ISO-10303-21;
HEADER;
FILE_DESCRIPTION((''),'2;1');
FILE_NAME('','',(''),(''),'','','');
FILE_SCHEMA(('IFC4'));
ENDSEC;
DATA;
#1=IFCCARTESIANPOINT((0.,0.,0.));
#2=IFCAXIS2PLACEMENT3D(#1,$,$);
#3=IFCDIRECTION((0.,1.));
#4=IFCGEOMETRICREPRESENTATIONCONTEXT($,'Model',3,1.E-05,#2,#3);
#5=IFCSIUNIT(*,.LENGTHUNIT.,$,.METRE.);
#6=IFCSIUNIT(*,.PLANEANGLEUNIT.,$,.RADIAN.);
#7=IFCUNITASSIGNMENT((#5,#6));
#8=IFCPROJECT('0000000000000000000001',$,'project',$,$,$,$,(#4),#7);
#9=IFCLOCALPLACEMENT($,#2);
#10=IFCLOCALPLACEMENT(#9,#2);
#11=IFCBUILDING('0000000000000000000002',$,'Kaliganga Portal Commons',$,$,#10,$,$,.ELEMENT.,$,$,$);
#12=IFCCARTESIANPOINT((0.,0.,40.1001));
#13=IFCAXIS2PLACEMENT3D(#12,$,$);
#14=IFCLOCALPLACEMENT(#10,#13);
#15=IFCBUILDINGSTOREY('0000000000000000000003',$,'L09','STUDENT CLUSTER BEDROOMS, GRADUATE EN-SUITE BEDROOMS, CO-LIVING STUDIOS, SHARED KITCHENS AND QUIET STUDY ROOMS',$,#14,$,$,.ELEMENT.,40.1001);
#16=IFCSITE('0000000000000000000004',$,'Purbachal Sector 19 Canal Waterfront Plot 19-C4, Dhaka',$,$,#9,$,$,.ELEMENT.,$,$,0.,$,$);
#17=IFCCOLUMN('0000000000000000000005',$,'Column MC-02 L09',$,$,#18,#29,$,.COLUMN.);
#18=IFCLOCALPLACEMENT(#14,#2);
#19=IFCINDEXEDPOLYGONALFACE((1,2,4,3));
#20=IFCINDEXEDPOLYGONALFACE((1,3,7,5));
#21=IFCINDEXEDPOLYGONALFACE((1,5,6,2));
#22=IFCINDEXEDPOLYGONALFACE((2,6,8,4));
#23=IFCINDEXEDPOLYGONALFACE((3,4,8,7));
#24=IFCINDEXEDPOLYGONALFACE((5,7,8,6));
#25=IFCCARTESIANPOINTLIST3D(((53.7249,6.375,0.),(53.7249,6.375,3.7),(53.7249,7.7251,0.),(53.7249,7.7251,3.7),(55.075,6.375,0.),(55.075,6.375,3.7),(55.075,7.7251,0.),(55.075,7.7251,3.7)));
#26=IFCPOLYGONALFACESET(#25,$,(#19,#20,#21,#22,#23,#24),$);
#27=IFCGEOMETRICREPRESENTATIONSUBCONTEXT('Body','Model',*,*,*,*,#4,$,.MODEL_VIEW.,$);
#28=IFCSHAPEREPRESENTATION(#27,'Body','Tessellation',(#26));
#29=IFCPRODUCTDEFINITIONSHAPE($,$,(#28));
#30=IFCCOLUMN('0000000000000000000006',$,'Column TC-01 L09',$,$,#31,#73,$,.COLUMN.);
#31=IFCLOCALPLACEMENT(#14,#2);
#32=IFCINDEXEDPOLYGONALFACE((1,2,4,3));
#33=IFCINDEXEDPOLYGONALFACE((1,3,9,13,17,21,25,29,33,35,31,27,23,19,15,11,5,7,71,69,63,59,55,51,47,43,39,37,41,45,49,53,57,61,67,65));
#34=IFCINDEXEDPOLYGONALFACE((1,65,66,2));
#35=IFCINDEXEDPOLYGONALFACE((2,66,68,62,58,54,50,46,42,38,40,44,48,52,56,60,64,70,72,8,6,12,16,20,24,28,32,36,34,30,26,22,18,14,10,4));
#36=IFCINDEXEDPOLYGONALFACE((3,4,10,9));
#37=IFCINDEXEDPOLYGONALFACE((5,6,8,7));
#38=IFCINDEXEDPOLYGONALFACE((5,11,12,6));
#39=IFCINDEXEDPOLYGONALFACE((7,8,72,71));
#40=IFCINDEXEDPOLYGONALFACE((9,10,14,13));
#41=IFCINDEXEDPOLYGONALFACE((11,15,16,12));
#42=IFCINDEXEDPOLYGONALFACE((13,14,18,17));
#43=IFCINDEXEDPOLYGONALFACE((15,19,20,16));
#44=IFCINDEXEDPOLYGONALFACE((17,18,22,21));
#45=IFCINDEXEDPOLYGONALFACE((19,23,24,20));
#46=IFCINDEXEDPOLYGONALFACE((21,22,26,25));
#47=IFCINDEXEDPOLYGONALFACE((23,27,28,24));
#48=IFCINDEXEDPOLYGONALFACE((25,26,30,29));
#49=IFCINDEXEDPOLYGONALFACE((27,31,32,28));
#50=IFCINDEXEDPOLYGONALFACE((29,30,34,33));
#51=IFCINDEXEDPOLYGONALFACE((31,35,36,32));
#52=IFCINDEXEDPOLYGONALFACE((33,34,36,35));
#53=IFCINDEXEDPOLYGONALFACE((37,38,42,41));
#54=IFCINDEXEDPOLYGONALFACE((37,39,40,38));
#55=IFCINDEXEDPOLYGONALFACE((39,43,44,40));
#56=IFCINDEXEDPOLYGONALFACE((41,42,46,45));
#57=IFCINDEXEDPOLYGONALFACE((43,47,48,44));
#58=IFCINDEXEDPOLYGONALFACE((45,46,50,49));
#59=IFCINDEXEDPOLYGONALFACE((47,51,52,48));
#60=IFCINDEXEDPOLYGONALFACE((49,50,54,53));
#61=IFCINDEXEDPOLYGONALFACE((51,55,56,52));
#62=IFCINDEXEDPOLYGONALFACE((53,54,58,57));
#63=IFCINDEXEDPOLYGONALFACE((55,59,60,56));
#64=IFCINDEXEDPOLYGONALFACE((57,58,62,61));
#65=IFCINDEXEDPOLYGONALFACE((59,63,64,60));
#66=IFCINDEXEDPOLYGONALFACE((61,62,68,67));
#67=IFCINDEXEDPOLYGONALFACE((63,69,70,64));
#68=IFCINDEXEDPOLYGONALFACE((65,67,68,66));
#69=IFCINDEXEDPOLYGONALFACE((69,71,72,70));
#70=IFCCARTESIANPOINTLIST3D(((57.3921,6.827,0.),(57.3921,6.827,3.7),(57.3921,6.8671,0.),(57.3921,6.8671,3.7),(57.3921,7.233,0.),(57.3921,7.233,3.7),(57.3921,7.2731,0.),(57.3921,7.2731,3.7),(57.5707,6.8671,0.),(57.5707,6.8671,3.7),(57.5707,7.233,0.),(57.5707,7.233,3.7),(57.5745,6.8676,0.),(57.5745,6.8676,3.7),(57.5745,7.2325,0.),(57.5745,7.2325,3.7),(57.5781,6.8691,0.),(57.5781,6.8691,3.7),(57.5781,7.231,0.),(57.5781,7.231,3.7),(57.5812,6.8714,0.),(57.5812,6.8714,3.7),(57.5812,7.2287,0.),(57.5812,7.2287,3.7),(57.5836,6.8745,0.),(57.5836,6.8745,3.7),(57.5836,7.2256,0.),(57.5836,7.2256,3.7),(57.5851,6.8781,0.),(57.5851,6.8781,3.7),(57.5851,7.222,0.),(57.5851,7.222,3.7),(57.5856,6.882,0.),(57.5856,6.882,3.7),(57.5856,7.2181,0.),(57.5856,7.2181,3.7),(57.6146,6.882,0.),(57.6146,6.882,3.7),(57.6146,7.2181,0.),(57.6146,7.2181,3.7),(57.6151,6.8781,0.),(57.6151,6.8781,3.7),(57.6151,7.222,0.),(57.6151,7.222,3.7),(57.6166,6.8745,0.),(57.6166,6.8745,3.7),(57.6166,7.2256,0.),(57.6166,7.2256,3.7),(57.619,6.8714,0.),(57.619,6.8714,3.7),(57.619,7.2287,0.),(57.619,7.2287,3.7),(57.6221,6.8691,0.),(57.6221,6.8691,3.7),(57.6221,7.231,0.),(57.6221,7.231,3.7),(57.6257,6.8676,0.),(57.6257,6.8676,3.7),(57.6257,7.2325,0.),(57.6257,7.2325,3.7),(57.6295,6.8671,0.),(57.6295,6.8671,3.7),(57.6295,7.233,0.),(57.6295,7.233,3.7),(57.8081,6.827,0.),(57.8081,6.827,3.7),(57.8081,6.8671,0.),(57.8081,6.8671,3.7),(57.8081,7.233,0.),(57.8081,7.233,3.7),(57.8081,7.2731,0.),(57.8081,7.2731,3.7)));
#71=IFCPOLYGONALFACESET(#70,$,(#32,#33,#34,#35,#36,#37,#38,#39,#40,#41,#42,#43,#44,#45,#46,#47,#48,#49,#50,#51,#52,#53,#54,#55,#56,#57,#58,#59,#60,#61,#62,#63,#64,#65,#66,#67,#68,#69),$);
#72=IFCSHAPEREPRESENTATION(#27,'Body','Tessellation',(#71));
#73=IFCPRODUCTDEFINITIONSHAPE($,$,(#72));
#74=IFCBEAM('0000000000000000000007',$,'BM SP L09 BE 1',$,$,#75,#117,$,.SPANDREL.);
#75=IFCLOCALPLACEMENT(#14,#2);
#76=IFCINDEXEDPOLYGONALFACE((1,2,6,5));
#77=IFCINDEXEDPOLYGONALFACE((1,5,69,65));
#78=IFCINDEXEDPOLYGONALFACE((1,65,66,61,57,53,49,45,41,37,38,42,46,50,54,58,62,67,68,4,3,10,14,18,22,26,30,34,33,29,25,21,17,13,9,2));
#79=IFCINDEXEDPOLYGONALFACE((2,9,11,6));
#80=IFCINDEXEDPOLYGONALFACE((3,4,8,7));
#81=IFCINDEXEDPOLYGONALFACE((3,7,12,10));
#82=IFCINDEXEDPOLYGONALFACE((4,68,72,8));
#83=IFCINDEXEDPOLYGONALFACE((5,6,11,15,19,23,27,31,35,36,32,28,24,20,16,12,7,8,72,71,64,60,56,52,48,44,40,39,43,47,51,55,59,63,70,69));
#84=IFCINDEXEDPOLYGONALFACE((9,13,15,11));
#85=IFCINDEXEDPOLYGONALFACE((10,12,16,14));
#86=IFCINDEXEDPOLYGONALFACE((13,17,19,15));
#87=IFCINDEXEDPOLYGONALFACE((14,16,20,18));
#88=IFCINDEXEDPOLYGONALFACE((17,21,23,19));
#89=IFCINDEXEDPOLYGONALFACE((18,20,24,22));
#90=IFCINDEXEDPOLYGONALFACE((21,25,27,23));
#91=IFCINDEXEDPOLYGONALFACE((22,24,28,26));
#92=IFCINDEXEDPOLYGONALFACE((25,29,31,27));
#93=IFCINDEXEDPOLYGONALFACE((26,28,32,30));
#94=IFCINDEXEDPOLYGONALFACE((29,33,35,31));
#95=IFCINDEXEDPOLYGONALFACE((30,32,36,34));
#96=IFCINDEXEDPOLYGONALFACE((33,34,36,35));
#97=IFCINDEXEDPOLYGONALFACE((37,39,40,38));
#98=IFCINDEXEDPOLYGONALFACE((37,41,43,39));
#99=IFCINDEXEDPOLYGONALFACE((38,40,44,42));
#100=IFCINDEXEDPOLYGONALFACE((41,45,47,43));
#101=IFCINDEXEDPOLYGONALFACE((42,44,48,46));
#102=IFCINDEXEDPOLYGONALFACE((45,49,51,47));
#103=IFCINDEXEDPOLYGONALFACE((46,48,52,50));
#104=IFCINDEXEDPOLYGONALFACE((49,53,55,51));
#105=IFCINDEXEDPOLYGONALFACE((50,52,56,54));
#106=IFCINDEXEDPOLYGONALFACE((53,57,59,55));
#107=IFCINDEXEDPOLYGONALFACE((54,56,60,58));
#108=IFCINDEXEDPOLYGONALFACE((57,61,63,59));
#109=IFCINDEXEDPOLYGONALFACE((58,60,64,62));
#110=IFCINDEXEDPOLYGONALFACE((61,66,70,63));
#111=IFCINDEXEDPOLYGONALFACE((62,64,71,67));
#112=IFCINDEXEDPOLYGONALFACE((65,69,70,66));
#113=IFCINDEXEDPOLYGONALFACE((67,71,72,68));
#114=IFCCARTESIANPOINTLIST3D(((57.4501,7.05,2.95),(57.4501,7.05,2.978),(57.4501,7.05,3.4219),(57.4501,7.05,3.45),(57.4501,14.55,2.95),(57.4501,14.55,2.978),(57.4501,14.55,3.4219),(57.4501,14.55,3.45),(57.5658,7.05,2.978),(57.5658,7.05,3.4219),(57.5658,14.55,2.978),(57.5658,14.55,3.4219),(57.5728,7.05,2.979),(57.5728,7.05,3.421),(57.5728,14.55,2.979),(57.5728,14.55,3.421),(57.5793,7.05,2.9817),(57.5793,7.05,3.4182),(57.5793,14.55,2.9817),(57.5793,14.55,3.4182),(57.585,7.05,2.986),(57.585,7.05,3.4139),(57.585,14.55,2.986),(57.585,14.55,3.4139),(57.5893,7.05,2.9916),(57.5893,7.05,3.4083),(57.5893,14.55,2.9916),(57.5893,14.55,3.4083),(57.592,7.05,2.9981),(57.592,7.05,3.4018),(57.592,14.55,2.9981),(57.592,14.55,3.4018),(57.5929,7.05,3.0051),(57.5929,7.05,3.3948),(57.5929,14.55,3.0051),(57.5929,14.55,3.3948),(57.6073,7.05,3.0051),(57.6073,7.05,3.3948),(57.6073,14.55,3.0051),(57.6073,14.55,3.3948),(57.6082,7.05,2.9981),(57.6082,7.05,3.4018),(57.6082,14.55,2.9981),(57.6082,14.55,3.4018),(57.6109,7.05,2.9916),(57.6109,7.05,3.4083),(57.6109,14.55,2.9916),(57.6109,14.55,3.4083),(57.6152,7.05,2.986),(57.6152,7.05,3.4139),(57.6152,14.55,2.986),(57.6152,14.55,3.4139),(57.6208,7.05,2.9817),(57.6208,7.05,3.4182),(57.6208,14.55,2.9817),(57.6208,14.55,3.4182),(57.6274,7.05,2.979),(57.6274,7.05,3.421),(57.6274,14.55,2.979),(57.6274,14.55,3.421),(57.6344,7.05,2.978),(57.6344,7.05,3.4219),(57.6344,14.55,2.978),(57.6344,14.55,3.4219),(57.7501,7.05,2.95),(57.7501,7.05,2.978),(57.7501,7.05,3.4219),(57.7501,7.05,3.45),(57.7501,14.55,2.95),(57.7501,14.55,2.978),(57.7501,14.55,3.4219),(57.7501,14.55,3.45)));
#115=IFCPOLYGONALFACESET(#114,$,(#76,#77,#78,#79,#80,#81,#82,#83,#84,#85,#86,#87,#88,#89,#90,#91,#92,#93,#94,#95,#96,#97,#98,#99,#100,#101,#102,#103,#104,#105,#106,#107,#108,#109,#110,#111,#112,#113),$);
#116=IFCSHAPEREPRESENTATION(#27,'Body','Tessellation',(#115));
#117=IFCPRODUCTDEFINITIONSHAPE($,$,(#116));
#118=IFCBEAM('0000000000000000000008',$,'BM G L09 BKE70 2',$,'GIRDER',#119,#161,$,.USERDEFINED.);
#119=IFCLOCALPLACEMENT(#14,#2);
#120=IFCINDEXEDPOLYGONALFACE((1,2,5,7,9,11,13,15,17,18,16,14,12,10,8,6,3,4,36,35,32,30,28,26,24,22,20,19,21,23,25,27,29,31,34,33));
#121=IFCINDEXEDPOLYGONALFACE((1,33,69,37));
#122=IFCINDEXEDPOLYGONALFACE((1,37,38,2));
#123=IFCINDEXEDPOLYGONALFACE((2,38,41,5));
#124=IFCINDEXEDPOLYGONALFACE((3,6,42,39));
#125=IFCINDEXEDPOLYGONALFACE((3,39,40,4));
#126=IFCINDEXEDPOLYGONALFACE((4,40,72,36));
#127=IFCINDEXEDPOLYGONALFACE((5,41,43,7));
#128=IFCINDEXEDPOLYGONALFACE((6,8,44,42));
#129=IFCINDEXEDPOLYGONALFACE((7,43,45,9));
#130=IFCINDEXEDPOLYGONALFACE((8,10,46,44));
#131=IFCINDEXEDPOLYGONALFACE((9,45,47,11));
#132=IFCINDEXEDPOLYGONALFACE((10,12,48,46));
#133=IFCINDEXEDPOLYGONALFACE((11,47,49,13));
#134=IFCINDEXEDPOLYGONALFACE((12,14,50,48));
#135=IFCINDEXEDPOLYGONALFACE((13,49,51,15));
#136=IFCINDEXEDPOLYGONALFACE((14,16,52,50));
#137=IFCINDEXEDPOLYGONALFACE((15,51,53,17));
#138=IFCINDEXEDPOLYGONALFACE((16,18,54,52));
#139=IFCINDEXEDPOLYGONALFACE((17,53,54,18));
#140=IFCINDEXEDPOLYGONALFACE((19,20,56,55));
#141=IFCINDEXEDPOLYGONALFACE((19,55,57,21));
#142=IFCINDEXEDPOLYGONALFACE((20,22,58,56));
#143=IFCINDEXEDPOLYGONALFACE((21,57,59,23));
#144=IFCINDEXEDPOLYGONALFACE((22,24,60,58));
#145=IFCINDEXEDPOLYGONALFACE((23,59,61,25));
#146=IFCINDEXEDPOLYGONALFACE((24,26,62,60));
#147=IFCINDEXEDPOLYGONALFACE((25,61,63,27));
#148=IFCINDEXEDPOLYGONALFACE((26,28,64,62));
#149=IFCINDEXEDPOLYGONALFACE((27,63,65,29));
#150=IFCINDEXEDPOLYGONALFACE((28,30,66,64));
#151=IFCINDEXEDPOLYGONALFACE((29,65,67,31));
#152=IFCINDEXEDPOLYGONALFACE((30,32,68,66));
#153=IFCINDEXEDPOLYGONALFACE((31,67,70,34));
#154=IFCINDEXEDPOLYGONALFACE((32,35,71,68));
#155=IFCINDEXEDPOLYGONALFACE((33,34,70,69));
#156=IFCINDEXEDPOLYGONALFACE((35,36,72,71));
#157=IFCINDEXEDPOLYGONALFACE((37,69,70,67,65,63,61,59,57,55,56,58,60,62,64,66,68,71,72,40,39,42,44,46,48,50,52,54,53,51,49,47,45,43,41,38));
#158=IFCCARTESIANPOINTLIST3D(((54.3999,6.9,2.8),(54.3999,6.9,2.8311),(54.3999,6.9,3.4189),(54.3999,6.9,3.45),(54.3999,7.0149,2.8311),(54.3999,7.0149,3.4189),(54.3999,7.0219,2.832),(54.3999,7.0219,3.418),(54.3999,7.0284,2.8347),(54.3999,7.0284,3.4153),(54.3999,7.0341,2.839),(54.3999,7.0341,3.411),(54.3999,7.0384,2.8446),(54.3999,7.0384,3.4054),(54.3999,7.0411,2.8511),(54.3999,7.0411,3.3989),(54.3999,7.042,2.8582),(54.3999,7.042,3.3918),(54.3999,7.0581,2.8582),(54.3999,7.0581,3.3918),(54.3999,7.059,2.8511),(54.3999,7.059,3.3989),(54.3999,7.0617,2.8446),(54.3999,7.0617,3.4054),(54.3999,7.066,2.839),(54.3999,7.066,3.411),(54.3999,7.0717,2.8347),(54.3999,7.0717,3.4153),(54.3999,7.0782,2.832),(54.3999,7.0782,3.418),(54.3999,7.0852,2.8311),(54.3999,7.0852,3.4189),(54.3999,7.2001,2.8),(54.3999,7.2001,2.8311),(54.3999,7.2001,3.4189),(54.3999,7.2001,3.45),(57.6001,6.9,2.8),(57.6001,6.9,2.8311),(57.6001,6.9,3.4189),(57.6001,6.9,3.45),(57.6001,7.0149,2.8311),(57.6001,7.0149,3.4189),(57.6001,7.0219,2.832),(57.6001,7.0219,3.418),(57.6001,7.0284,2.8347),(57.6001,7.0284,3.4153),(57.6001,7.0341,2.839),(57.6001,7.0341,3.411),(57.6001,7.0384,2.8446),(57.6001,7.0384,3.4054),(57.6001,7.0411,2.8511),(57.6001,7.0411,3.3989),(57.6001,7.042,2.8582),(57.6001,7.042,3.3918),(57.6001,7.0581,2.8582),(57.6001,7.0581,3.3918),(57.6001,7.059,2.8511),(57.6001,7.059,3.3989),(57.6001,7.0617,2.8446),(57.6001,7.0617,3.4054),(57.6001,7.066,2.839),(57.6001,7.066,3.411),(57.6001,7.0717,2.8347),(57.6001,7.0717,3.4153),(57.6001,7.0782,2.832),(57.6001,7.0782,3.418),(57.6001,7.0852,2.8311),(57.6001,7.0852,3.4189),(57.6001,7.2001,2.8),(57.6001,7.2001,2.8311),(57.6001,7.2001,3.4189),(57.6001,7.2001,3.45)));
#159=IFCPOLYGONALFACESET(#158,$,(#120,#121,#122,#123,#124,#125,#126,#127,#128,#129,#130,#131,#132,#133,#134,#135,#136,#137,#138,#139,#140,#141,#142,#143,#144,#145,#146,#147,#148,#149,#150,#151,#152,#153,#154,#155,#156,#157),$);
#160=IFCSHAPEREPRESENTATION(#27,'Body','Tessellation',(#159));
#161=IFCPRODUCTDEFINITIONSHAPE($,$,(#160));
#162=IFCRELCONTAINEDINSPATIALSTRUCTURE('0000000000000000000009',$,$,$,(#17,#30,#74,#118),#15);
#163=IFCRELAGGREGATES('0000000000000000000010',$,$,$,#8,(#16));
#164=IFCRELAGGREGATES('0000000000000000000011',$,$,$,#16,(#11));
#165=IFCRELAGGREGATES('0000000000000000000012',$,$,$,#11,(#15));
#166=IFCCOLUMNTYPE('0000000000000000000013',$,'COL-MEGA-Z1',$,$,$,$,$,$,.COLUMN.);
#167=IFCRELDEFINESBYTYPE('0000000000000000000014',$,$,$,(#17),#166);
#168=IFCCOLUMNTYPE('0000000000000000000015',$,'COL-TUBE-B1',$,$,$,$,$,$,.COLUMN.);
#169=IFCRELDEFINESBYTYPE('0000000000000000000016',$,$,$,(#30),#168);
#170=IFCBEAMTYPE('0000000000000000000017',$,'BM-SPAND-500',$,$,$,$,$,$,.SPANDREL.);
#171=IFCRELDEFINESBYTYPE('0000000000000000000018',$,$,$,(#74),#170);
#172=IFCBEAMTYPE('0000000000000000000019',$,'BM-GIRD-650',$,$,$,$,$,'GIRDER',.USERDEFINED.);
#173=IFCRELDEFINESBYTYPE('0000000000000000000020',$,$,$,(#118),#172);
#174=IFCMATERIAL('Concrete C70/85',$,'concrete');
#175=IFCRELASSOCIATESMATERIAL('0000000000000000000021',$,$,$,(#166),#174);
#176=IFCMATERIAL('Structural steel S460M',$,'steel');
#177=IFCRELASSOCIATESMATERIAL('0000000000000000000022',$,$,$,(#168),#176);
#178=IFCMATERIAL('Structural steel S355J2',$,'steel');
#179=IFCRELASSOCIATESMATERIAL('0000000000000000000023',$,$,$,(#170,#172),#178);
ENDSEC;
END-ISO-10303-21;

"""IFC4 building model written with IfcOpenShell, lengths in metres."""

from ifc_helpers import new_model, si_unit, direction, frame, origin, origin_2d, place, context, subcontext, project, spatial, rectangle, i_section, extrude, source, transform, mapped, material, material_profile, profile_set, type_object, element, save


model = new_model("IFC4")

# Units and contexts
model_context = context("Model", 3, precision=1e-05, world=origin(), true_north=direction((0.0, 1.0)))
body_context = subcontext(model_context, "Body", "Model", "MODEL_VIEW")
ifc_project = project(units=[si_unit("LENGTHUNIT", "METRE"), si_unit("PLANEANGLEUNIT", "RADIAN")], contexts=[model_context])

# Site, building, storey
site_placement = place(None, origin())
site = spatial("IfcSite", under=ifc_project, at=site_placement, Name="Purbachal Sector 19 Canal Waterfront Plot 19-C4, Dhaka", CompositionType="ELEMENT", RefElevation=0.0)
building_placement = place(site_placement, origin())
building = spatial("IfcBuilding", under=site, at=building_placement, Name="Kaliganga Portal Commons", CompositionType="ELEMENT")
storey_placement = place(building_placement, frame((0.0, 0.0, 40.1001)))
storey = spatial("IfcBuildingStorey", under=building, at=storey_placement, Name="L09", Description="STUDENT CLUSTER BEDROOMS, GRADUATE EN-SUITE BEDROOMS, CO-LIVING STUDIOS, SHARED KITCHENS AND QUIET STUDY ROOMS", CompositionType="ELEMENT", Elevation=40.1001)

# Columns
ifc_material_1 = material(Name="Concrete C70/85", Category="concrete")
ifc_material_profile_1 = material_profile(ifc_material_1, rectangle(XDim=1.3501, YDim=1.3501, at=origin_2d()), Name="RC 1350x1350")
ifc_profile_set_1 = profile_set([ifc_material_profile_1], Name="Concrete C70/85")
column_type_1 = type_object("IfcColumnType", Name="COL-MEGA-Z1", PredefinedType="COLUMN", material=ifc_profile_set_1)
shared_shape_1 = source(origin(), body_context, "Body", "SweptSolid", [
    extrude(rectangle(XDim=1.3501, YDim=1.3501, at=origin_2d()), origin(), (0.0, 0.0, 1.0), 3.7),
])
column_1_placement = place(storey_placement, frame((54.3999, 7.05, 0.0), z_axis=(0.0, 0.0, 1.0), x_axis=(1.0, 0.0, 0.0)))
element("IfcColumn", 1, at=column_1_placement, inside=storey, type_object=column_type_1, Name="Column MC-02 L09", PredefinedType="COLUMN", context=body_context, shape_type="MappedRepresentation", body=[
    mapped(shared_shape_1, transform((0.0, 0.0, 0.0), x_axis=(1.0, 0.0, 0.0), y_axis=(0.0, 1.0, 0.0), z_axis=(0.0, 0.0, 1.0), scale=1.0)),
])
ifc_material_2 = material(Name="Structural steel S460M", Category="steel")
ifc_material_profile_2 = material_profile(ifc_material_2, i_section(OverallWidth=0.416, OverallDepth=0.446, WebThickness=0.0291, FlangeThickness=0.04, FilletRadius=0.0149, at=origin_2d()), Name="HD 400x509")
ifc_profile_set_2 = profile_set([ifc_material_profile_2], Name="Structural steel S460M wide-flange")
column_type_2 = type_object("IfcColumnType", Name="COL-TUBE-B1", PredefinedType="COLUMN", material=ifc_profile_set_2)
shared_shape_2 = source(origin(), body_context, "Body", "SweptSolid", [
    extrude(i_section(OverallWidth=0.416, OverallDepth=0.446, WebThickness=0.0291, FlangeThickness=0.04, FilletRadius=0.0149, at=origin_2d()), origin(), (0.0, 0.0, 1.0), 3.7),
])
column_2_placement = place(storey_placement, frame((57.6001, 7.05, 0.0), z_axis=(0.0, 0.0, 1.0), x_axis=(1.0, 0.0, 0.0)))
element("IfcColumn", 2, at=column_2_placement, inside=storey, type_object=column_type_2, Name="Column TC-01 L09", PredefinedType="COLUMN", context=body_context, shape_type="MappedRepresentation", body=[
    mapped(shared_shape_2, transform((0.0, 0.0, 0.0), x_axis=(1.0, 0.0, 0.0), y_axis=(0.0, 1.0, 0.0), z_axis=(0.0, 0.0, 1.0), scale=1.0)),
])

# Beams
ifc_material_3 = material(Name="Structural steel S355J2", Category="steel")
ifc_material_profile_3 = material_profile(ifc_material_3, i_section(OverallWidth=0.3, OverallDepth=0.5, WebThickness=0.0144, FlangeThickness=0.0281, FilletRadius=0.0271, at=origin_2d()), Name="HE 500 B")
ifc_profile_set_3 = profile_set([ifc_material_profile_3], Name="Structural steel S355J2 wide-flange")
beam_type_1 = type_object("IfcBeamType", Name="BM-SPAND-500", PredefinedType="SPANDREL", material=ifc_profile_set_3)
shared_shape_3 = source(origin(), body_context, "Body", "SweptSolid", [
    extrude(i_section(OverallWidth=0.3, OverallDepth=0.5, WebThickness=0.0144, FlangeThickness=0.0281, FilletRadius=0.0271, at=origin_2d()), origin(), (0.0, 0.0, 1.0), 7.5),
])
beam_1_placement = place(storey_placement, frame((57.6001, 7.05, 3.2), z_axis=(0.0, 1.0, 0.0), x_axis=(-1.0, 0.0, 0.0)))
element("IfcBeam", 3, at=beam_1_placement, inside=storey, type_object=beam_type_1, Name="BM SP L09 BE 1", PredefinedType="SPANDREL", context=body_context, shape_type="MappedRepresentation", body=[
    mapped(shared_shape_3, transform((0.0, 0.0, 0.0), x_axis=(1.0, 0.0, 0.0), y_axis=(0.0, 1.0, 0.0), z_axis=(0.0, 0.0, 1.0), scale=1.0)),
])
ifc_material_profile_4 = material_profile(ifc_material_3, i_section(OverallWidth=0.3, OverallDepth=0.6499, WebThickness=0.0161, FlangeThickness=0.031, FilletRadius=0.0271, at=origin_2d()), Name="HE 650 B")
ifc_profile_set_4 = profile_set([ifc_material_profile_4], Name="Structural steel S355J2 wide-flange")
beam_type_2 = type_object("IfcBeamType", Name="BM-GIRD-650", ElementType="GIRDER", PredefinedType="USERDEFINED", material=ifc_profile_set_4)
shared_shape_4 = source(origin(), body_context, "Body", "SweptSolid", [
    extrude(i_section(OverallWidth=0.3, OverallDepth=0.6499, WebThickness=0.0161, FlangeThickness=0.031, FilletRadius=0.0271, at=origin_2d()), origin(), (0.0, 0.0, 1.0), 3.2002),
])
beam_2_placement = place(storey_placement, frame((54.3999, 7.05, 3.125), z_axis=(1.0, 0.0, 0.0), x_axis=(0.0, 1.0, 0.0)))
element("IfcBeam", 4, at=beam_2_placement, inside=storey, type_object=beam_type_2, Name="BM G L09 BKE70 2", ObjectType="GIRDER", PredefinedType="USERDEFINED", context=body_context, shape_type="MappedRepresentation", body=[
    mapped(shared_shape_4, transform((0.0, 0.0, 0.0), x_axis=(1.0, 0.0, 0.0), y_axis=(0.0, 1.0, 0.0), z_axis=(0.0, 0.0, 1.0), scale=1.0)),
])

save(model, "model.ifc")
